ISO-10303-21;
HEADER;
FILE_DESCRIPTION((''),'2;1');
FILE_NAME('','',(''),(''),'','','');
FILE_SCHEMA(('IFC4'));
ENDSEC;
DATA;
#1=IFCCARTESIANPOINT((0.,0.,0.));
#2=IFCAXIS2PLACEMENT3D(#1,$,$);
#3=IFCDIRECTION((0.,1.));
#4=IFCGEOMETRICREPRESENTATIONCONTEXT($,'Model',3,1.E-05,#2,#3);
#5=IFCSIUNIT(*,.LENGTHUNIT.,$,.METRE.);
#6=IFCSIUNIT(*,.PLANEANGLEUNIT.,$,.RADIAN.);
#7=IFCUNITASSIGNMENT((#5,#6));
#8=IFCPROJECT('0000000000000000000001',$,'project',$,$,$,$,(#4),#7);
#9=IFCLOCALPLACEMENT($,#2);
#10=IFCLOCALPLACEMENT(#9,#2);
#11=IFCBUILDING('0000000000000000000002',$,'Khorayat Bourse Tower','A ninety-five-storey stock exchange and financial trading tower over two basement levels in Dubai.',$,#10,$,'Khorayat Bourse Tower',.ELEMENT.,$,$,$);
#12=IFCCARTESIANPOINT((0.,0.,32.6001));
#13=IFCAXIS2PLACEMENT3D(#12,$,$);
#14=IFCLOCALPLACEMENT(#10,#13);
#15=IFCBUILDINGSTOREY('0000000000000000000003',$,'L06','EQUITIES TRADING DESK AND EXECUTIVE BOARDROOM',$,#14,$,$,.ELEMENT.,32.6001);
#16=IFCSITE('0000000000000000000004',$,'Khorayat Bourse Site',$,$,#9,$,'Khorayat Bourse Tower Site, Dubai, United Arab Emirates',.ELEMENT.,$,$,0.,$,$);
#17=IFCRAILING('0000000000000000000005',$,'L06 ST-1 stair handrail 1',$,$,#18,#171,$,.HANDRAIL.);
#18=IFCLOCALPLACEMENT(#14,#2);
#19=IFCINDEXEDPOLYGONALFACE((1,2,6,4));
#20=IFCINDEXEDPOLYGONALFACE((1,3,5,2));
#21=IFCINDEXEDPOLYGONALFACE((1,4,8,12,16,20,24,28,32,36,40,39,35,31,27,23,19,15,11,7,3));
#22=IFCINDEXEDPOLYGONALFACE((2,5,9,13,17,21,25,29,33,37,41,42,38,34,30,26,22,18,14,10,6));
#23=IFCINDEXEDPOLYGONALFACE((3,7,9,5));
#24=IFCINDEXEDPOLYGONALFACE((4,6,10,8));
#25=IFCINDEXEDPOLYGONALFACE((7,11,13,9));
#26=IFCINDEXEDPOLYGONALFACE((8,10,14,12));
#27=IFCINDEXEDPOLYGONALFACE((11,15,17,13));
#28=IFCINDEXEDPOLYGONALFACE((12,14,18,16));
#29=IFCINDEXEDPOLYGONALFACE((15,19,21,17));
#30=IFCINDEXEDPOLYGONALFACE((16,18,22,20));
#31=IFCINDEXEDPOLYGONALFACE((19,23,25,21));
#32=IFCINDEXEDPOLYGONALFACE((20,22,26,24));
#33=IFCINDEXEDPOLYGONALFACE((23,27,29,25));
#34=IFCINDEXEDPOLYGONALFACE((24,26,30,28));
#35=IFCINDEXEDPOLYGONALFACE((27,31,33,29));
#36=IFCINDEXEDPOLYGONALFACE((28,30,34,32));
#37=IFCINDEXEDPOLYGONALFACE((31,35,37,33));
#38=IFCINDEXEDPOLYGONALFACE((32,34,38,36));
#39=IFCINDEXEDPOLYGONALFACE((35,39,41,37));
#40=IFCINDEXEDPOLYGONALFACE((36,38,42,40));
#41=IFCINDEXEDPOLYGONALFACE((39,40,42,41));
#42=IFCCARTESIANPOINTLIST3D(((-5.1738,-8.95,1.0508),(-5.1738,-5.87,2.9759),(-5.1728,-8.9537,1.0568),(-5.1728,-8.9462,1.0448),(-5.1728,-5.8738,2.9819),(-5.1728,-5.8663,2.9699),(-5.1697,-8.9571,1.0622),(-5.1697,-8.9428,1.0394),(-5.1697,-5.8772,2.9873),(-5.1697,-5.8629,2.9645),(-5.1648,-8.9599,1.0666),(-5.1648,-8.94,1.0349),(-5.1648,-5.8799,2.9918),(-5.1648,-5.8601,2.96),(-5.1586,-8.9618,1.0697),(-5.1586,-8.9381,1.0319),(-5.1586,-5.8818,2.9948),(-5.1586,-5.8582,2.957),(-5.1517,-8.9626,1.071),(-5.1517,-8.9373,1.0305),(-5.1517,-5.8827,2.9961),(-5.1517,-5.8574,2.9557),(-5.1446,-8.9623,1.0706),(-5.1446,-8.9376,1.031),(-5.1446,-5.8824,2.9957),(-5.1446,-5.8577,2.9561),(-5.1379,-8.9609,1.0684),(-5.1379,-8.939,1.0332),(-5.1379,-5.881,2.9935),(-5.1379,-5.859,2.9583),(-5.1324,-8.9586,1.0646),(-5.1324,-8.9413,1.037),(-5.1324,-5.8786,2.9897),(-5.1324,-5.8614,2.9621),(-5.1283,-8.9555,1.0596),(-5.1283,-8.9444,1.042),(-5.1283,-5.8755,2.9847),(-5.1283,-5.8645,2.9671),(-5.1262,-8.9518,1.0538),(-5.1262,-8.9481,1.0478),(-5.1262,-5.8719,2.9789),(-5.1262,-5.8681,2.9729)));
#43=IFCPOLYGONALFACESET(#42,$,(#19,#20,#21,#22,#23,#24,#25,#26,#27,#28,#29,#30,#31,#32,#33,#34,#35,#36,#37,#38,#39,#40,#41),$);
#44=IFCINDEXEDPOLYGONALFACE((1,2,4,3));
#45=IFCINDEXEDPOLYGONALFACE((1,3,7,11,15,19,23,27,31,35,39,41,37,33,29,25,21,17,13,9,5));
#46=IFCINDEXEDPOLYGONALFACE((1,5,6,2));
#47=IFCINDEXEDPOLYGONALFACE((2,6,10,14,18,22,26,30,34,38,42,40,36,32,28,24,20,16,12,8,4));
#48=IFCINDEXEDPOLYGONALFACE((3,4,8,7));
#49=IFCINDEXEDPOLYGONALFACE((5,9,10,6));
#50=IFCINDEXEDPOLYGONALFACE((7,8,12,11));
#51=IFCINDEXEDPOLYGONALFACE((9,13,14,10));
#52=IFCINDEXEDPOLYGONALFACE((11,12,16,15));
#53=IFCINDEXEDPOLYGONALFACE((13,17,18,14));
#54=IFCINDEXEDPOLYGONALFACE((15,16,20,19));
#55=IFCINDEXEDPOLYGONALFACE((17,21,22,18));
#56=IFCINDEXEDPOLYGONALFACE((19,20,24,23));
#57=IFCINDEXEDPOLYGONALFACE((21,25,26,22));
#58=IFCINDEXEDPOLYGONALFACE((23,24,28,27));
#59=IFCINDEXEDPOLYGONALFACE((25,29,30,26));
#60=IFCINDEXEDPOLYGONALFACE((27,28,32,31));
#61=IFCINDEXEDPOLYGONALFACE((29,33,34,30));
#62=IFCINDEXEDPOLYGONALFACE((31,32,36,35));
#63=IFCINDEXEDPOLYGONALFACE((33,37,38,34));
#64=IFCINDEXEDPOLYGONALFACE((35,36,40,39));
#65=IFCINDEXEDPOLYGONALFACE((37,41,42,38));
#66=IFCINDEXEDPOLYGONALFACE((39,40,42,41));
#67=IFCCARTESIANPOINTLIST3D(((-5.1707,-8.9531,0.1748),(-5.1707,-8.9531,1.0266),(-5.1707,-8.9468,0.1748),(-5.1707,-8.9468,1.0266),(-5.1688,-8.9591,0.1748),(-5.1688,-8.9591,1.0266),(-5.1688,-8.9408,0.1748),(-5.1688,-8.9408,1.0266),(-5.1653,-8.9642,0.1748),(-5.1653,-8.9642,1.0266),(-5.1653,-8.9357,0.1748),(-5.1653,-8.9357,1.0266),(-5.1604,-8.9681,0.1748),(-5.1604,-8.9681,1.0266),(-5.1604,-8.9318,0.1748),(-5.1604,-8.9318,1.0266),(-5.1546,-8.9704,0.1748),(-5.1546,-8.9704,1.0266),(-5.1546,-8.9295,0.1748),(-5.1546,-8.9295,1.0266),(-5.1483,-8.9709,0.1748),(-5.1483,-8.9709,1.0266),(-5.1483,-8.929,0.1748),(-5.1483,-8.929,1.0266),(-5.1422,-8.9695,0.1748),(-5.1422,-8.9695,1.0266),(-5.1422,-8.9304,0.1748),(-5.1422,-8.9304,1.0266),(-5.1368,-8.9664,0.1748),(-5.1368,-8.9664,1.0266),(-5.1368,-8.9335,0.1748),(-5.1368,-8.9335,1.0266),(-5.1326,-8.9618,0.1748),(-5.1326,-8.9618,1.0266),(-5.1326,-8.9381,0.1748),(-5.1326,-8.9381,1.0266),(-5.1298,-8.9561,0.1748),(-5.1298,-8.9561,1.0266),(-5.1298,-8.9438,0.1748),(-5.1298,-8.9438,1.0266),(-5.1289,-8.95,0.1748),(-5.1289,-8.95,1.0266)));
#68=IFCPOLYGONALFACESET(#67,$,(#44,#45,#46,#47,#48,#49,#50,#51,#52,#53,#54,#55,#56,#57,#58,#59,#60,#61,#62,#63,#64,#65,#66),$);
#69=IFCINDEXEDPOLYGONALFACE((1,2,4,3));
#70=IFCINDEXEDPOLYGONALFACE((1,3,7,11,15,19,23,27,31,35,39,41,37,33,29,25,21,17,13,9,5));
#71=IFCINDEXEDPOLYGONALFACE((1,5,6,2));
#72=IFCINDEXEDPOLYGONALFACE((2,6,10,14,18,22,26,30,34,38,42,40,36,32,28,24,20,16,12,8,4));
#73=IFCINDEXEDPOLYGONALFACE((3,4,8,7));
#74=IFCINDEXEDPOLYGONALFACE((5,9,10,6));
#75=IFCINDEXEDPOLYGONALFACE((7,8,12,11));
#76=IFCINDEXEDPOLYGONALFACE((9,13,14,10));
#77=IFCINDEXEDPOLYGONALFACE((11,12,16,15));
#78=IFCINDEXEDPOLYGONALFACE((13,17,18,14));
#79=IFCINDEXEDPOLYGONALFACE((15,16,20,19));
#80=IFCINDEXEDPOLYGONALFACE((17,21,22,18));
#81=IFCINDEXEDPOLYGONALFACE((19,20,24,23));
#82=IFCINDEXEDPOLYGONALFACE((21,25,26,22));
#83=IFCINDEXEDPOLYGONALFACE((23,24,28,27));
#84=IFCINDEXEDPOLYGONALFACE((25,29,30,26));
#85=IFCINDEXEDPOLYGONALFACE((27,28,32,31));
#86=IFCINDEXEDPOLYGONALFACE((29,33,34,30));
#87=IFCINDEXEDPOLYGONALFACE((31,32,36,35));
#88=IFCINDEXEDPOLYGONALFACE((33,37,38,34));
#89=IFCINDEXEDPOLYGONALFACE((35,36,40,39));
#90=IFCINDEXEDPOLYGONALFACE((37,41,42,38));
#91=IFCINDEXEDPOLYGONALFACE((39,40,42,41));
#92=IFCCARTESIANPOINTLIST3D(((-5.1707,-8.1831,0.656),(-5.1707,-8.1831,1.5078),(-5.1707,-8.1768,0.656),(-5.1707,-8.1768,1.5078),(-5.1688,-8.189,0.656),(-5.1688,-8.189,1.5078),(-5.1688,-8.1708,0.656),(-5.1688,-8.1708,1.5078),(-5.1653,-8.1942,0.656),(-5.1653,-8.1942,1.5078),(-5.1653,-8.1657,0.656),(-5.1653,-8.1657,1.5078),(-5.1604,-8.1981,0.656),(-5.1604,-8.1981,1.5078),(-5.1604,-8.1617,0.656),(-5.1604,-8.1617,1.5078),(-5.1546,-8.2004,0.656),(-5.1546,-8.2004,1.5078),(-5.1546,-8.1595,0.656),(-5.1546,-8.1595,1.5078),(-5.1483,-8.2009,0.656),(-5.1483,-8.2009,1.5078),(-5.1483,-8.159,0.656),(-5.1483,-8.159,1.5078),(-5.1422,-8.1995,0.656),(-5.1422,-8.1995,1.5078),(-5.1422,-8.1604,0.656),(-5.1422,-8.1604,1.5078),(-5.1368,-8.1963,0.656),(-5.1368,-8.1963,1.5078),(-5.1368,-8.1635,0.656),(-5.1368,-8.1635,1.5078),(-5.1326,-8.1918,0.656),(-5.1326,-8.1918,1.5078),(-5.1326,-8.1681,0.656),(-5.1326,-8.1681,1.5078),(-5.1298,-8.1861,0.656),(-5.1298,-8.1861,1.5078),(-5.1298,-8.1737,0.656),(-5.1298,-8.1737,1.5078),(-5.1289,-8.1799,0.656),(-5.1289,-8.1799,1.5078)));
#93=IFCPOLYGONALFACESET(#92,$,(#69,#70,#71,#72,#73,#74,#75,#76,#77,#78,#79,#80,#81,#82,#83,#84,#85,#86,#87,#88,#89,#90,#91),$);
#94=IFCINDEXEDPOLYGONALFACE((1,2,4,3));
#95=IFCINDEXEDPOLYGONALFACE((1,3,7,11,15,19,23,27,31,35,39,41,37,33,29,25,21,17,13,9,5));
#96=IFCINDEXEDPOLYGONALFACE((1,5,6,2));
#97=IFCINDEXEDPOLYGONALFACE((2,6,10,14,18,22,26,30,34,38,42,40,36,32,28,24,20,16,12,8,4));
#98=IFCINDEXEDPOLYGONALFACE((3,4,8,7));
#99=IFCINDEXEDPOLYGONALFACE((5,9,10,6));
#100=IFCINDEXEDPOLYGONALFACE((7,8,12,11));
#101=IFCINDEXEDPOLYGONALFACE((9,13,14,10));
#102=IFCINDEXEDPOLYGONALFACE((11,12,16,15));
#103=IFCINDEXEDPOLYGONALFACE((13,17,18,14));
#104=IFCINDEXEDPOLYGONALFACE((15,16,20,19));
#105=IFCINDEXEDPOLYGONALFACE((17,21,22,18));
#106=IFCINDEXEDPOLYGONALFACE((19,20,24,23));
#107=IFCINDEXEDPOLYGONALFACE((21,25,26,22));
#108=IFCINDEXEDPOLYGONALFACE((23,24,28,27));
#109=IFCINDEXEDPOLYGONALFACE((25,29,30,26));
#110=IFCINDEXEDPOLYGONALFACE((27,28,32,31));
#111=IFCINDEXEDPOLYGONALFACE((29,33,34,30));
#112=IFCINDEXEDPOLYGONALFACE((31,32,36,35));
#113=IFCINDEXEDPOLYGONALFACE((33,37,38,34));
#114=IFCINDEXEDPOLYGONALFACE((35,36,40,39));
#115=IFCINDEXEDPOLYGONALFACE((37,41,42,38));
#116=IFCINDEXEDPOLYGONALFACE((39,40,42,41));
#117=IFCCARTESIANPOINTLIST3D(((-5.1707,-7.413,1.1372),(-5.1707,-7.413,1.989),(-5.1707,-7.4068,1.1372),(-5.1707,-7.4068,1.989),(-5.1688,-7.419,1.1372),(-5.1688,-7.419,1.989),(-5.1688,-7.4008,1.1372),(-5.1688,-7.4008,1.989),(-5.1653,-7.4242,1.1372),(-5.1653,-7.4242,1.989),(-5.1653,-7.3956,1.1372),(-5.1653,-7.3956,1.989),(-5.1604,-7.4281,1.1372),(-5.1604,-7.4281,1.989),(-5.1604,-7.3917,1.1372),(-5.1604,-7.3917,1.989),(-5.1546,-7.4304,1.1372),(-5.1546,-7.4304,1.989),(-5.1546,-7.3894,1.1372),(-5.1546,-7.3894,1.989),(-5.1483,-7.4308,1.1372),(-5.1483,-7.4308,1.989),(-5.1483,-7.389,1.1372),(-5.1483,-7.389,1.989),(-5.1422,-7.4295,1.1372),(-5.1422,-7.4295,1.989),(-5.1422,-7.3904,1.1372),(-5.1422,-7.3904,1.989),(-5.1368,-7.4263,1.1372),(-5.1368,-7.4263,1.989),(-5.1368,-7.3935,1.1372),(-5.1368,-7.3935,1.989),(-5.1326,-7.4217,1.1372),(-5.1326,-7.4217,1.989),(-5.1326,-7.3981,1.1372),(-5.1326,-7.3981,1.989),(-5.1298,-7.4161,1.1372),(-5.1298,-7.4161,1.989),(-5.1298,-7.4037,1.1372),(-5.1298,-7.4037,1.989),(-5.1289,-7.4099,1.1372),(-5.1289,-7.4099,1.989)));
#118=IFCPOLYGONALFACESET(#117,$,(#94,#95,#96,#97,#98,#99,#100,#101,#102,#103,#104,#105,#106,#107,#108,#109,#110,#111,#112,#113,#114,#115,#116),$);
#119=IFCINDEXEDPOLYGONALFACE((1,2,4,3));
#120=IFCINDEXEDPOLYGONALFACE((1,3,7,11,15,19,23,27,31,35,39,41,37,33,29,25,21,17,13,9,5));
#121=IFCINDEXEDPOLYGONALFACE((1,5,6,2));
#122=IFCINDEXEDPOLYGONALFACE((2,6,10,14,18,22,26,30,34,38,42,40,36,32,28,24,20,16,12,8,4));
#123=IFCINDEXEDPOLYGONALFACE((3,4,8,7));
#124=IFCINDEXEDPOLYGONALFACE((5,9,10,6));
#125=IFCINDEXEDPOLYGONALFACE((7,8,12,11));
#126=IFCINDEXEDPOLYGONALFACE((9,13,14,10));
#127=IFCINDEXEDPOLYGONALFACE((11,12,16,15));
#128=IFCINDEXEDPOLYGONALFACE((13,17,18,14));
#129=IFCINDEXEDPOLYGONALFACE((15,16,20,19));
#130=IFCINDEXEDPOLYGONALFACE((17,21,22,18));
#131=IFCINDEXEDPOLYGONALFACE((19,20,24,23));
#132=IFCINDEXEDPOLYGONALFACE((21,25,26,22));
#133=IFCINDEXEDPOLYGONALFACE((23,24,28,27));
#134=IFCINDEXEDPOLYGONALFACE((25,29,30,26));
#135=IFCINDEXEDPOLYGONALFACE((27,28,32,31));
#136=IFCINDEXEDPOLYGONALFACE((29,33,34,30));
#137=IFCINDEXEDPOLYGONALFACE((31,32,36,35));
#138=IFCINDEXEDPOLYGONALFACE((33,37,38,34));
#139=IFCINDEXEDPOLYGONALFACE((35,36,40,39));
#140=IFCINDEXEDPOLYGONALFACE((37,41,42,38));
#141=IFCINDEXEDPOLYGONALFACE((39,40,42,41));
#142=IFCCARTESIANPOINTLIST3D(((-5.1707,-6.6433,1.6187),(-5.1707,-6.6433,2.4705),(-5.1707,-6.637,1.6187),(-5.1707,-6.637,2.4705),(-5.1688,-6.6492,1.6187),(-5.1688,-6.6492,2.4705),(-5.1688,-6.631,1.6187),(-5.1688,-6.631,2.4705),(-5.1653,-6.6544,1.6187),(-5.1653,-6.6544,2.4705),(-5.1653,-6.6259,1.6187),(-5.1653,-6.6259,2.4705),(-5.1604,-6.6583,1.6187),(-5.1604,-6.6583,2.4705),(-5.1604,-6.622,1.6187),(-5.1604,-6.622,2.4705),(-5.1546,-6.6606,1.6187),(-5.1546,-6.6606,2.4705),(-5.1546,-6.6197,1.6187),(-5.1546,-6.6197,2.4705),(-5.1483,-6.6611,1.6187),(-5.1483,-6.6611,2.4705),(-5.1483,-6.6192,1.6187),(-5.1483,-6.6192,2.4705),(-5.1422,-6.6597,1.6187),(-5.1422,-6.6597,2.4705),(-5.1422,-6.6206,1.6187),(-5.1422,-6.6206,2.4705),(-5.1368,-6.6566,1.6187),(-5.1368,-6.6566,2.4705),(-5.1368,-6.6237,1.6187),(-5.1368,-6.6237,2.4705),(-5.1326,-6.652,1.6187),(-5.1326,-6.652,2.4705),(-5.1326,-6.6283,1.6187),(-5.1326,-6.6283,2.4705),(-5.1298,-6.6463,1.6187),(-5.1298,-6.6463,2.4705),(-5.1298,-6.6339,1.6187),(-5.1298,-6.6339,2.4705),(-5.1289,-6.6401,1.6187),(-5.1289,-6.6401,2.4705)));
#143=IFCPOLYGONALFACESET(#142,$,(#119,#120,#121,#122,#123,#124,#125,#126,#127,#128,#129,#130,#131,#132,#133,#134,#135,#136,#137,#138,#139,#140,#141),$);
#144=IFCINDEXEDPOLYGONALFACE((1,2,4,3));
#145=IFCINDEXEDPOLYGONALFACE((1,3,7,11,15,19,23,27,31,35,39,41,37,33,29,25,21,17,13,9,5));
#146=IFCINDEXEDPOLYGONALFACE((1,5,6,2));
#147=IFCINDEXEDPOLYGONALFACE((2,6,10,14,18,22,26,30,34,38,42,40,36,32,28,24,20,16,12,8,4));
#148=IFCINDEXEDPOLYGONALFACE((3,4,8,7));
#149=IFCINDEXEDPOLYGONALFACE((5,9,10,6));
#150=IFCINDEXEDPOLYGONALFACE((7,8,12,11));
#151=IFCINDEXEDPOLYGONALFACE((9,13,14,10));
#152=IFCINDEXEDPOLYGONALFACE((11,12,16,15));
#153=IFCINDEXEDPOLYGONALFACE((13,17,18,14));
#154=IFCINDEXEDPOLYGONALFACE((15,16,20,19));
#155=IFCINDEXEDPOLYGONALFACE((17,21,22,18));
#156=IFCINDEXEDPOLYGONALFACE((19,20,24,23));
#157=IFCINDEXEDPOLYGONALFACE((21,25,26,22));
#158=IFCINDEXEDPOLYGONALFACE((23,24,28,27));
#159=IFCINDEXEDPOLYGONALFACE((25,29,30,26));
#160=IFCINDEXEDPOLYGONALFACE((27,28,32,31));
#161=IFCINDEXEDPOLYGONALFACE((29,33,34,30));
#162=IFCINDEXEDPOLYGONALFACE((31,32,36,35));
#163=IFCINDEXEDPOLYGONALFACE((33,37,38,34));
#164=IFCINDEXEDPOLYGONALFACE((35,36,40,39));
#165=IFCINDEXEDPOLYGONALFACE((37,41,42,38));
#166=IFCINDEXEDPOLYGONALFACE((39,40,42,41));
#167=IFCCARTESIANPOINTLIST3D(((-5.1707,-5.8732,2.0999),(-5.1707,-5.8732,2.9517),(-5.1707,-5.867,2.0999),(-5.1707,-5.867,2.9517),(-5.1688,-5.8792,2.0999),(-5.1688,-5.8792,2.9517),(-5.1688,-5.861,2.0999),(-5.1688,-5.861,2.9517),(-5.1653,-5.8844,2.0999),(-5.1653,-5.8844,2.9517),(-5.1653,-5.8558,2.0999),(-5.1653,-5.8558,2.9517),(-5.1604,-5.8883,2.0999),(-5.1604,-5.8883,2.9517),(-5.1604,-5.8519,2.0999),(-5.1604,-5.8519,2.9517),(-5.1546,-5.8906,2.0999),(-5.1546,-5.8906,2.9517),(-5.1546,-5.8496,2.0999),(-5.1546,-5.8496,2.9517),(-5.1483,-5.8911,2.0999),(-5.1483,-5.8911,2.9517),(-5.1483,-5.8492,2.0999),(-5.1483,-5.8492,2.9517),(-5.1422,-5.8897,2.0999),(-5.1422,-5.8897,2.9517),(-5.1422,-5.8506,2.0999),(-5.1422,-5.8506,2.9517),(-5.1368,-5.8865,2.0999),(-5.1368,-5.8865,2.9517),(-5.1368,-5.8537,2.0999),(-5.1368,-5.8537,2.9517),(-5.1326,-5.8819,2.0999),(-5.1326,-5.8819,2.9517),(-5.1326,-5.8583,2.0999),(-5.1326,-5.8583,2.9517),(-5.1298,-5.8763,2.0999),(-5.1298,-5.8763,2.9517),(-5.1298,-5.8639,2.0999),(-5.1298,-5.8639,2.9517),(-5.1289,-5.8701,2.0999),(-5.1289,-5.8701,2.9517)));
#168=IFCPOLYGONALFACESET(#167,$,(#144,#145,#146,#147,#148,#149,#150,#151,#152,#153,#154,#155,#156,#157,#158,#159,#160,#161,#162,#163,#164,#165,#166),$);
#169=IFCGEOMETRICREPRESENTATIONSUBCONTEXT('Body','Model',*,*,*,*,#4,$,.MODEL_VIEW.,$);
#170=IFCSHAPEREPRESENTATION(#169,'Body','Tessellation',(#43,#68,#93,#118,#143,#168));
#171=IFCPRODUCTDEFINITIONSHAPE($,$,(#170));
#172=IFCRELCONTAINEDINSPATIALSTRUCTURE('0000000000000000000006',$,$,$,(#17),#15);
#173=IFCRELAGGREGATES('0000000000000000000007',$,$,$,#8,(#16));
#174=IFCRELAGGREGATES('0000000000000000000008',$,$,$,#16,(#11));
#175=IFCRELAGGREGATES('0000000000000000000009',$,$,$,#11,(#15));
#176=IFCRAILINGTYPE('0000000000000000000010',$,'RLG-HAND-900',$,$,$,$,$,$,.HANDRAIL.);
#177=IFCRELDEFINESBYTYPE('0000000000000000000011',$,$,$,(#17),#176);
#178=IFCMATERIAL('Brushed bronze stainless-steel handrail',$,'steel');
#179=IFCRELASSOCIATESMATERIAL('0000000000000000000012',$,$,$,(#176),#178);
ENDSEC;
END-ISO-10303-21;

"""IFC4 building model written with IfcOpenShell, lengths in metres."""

from ifc_helpers import new_model, si_unit, direction, frame, origin, origin_2d, place, context, subcontext, project, spatial, circle, extrude, source, transform, mapped, material, type_object, element, save


model = new_model("IFC4")

# Units and contexts
model_context = context("Model", 3, precision=1e-05, world=origin(), true_north=direction((0.0, 1.0)))
body_context = subcontext(model_context, "Body", "Model", "MODEL_VIEW")
ifc_project = project(units=[si_unit("LENGTHUNIT", "METRE"), si_unit("PLANEANGLEUNIT", "RADIAN")], contexts=[model_context])

# Site, building, storey
site_placement = place(None, origin())
site = spatial("IfcSite", under=ifc_project, at=site_placement, Name="Khorayat Bourse Site", LongName="Khorayat Bourse Tower Site, Dubai, United Arab Emirates", CompositionType="ELEMENT", RefElevation=0.0)
building_placement = place(site_placement, origin())
building = spatial("IfcBuilding", under=site, at=building_placement, Name="Khorayat Bourse Tower", Description="A ninety-five-storey stock exchange and financial trading tower over two basement levels in Dubai.", LongName="Khorayat Bourse Tower", CompositionType="ELEMENT")
storey_placement = place(building_placement, frame((0.0, 0.0, 32.6001)))
storey = spatial("IfcBuildingStorey", under=building, at=storey_placement, Name="L06", Description="EQUITIES TRADING DESK AND EXECUTIVE BOARDROOM", CompositionType="ELEMENT", Elevation=32.6001)

# Railing
ifc_material_1 = material(Name="Brushed bronze stainless-steel handrail", Category="steel")
railing_type_1 = type_object("IfcRailingType", Name="RLG-HAND-900", PredefinedType="HANDRAIL", material=ifc_material_1)
shared_shape_1 = source(origin(), body_context, "Body", "SweptSolid", [
    extrude(circle(Radius=0.0239, at=origin_2d()), frame((0.0, 0.0, 0.876), z_axis=(0.0, 0.847979, 0.530029), x_axis=(-1.0, 0.0, 0.0)), (0.0, 0.0, 1.0), 3.6321),
    extrude(circle(Radius=0.021, at=origin_2d()), origin(), (0.0, 0.0, 1.0), 0.8518),
    extrude(circle(Radius=0.021, at=origin_2d()), frame((0.0, 0.77, 0.4812)), (0.0, 0.0, 1.0), 0.8518),
    extrude(circle(Radius=0.021, at=origin_2d()), frame((0.0, 1.54, 0.9624)), (0.0, 0.0, 1.0), 0.8518),
    extrude(circle(Radius=0.021, at=origin_2d()), frame((0.0, 2.3098, 1.4438)), (0.0, 0.0, 1.0), 0.8518),
    extrude(circle(Radius=0.021, at=origin_2d()), frame((0.0, 3.0798, 1.925)), (0.0, 0.0, 1.0), 0.8518),
])
railing_1_placement = place(storey_placement, frame((-5.1499, -8.95, 0.1748)))
element("IfcRailing", 1, at=railing_1_placement, inside=storey, type_object=railing_type_1, Name="L06 ST-1 stair handrail 1", PredefinedType="HANDRAIL", context=body_context, shape_type="MappedRepresentation", body=[
    mapped(shared_shape_1, transform((0.0, 0.0, 0.0), scale=1.0)),
])

save(model, "model.ifc")
